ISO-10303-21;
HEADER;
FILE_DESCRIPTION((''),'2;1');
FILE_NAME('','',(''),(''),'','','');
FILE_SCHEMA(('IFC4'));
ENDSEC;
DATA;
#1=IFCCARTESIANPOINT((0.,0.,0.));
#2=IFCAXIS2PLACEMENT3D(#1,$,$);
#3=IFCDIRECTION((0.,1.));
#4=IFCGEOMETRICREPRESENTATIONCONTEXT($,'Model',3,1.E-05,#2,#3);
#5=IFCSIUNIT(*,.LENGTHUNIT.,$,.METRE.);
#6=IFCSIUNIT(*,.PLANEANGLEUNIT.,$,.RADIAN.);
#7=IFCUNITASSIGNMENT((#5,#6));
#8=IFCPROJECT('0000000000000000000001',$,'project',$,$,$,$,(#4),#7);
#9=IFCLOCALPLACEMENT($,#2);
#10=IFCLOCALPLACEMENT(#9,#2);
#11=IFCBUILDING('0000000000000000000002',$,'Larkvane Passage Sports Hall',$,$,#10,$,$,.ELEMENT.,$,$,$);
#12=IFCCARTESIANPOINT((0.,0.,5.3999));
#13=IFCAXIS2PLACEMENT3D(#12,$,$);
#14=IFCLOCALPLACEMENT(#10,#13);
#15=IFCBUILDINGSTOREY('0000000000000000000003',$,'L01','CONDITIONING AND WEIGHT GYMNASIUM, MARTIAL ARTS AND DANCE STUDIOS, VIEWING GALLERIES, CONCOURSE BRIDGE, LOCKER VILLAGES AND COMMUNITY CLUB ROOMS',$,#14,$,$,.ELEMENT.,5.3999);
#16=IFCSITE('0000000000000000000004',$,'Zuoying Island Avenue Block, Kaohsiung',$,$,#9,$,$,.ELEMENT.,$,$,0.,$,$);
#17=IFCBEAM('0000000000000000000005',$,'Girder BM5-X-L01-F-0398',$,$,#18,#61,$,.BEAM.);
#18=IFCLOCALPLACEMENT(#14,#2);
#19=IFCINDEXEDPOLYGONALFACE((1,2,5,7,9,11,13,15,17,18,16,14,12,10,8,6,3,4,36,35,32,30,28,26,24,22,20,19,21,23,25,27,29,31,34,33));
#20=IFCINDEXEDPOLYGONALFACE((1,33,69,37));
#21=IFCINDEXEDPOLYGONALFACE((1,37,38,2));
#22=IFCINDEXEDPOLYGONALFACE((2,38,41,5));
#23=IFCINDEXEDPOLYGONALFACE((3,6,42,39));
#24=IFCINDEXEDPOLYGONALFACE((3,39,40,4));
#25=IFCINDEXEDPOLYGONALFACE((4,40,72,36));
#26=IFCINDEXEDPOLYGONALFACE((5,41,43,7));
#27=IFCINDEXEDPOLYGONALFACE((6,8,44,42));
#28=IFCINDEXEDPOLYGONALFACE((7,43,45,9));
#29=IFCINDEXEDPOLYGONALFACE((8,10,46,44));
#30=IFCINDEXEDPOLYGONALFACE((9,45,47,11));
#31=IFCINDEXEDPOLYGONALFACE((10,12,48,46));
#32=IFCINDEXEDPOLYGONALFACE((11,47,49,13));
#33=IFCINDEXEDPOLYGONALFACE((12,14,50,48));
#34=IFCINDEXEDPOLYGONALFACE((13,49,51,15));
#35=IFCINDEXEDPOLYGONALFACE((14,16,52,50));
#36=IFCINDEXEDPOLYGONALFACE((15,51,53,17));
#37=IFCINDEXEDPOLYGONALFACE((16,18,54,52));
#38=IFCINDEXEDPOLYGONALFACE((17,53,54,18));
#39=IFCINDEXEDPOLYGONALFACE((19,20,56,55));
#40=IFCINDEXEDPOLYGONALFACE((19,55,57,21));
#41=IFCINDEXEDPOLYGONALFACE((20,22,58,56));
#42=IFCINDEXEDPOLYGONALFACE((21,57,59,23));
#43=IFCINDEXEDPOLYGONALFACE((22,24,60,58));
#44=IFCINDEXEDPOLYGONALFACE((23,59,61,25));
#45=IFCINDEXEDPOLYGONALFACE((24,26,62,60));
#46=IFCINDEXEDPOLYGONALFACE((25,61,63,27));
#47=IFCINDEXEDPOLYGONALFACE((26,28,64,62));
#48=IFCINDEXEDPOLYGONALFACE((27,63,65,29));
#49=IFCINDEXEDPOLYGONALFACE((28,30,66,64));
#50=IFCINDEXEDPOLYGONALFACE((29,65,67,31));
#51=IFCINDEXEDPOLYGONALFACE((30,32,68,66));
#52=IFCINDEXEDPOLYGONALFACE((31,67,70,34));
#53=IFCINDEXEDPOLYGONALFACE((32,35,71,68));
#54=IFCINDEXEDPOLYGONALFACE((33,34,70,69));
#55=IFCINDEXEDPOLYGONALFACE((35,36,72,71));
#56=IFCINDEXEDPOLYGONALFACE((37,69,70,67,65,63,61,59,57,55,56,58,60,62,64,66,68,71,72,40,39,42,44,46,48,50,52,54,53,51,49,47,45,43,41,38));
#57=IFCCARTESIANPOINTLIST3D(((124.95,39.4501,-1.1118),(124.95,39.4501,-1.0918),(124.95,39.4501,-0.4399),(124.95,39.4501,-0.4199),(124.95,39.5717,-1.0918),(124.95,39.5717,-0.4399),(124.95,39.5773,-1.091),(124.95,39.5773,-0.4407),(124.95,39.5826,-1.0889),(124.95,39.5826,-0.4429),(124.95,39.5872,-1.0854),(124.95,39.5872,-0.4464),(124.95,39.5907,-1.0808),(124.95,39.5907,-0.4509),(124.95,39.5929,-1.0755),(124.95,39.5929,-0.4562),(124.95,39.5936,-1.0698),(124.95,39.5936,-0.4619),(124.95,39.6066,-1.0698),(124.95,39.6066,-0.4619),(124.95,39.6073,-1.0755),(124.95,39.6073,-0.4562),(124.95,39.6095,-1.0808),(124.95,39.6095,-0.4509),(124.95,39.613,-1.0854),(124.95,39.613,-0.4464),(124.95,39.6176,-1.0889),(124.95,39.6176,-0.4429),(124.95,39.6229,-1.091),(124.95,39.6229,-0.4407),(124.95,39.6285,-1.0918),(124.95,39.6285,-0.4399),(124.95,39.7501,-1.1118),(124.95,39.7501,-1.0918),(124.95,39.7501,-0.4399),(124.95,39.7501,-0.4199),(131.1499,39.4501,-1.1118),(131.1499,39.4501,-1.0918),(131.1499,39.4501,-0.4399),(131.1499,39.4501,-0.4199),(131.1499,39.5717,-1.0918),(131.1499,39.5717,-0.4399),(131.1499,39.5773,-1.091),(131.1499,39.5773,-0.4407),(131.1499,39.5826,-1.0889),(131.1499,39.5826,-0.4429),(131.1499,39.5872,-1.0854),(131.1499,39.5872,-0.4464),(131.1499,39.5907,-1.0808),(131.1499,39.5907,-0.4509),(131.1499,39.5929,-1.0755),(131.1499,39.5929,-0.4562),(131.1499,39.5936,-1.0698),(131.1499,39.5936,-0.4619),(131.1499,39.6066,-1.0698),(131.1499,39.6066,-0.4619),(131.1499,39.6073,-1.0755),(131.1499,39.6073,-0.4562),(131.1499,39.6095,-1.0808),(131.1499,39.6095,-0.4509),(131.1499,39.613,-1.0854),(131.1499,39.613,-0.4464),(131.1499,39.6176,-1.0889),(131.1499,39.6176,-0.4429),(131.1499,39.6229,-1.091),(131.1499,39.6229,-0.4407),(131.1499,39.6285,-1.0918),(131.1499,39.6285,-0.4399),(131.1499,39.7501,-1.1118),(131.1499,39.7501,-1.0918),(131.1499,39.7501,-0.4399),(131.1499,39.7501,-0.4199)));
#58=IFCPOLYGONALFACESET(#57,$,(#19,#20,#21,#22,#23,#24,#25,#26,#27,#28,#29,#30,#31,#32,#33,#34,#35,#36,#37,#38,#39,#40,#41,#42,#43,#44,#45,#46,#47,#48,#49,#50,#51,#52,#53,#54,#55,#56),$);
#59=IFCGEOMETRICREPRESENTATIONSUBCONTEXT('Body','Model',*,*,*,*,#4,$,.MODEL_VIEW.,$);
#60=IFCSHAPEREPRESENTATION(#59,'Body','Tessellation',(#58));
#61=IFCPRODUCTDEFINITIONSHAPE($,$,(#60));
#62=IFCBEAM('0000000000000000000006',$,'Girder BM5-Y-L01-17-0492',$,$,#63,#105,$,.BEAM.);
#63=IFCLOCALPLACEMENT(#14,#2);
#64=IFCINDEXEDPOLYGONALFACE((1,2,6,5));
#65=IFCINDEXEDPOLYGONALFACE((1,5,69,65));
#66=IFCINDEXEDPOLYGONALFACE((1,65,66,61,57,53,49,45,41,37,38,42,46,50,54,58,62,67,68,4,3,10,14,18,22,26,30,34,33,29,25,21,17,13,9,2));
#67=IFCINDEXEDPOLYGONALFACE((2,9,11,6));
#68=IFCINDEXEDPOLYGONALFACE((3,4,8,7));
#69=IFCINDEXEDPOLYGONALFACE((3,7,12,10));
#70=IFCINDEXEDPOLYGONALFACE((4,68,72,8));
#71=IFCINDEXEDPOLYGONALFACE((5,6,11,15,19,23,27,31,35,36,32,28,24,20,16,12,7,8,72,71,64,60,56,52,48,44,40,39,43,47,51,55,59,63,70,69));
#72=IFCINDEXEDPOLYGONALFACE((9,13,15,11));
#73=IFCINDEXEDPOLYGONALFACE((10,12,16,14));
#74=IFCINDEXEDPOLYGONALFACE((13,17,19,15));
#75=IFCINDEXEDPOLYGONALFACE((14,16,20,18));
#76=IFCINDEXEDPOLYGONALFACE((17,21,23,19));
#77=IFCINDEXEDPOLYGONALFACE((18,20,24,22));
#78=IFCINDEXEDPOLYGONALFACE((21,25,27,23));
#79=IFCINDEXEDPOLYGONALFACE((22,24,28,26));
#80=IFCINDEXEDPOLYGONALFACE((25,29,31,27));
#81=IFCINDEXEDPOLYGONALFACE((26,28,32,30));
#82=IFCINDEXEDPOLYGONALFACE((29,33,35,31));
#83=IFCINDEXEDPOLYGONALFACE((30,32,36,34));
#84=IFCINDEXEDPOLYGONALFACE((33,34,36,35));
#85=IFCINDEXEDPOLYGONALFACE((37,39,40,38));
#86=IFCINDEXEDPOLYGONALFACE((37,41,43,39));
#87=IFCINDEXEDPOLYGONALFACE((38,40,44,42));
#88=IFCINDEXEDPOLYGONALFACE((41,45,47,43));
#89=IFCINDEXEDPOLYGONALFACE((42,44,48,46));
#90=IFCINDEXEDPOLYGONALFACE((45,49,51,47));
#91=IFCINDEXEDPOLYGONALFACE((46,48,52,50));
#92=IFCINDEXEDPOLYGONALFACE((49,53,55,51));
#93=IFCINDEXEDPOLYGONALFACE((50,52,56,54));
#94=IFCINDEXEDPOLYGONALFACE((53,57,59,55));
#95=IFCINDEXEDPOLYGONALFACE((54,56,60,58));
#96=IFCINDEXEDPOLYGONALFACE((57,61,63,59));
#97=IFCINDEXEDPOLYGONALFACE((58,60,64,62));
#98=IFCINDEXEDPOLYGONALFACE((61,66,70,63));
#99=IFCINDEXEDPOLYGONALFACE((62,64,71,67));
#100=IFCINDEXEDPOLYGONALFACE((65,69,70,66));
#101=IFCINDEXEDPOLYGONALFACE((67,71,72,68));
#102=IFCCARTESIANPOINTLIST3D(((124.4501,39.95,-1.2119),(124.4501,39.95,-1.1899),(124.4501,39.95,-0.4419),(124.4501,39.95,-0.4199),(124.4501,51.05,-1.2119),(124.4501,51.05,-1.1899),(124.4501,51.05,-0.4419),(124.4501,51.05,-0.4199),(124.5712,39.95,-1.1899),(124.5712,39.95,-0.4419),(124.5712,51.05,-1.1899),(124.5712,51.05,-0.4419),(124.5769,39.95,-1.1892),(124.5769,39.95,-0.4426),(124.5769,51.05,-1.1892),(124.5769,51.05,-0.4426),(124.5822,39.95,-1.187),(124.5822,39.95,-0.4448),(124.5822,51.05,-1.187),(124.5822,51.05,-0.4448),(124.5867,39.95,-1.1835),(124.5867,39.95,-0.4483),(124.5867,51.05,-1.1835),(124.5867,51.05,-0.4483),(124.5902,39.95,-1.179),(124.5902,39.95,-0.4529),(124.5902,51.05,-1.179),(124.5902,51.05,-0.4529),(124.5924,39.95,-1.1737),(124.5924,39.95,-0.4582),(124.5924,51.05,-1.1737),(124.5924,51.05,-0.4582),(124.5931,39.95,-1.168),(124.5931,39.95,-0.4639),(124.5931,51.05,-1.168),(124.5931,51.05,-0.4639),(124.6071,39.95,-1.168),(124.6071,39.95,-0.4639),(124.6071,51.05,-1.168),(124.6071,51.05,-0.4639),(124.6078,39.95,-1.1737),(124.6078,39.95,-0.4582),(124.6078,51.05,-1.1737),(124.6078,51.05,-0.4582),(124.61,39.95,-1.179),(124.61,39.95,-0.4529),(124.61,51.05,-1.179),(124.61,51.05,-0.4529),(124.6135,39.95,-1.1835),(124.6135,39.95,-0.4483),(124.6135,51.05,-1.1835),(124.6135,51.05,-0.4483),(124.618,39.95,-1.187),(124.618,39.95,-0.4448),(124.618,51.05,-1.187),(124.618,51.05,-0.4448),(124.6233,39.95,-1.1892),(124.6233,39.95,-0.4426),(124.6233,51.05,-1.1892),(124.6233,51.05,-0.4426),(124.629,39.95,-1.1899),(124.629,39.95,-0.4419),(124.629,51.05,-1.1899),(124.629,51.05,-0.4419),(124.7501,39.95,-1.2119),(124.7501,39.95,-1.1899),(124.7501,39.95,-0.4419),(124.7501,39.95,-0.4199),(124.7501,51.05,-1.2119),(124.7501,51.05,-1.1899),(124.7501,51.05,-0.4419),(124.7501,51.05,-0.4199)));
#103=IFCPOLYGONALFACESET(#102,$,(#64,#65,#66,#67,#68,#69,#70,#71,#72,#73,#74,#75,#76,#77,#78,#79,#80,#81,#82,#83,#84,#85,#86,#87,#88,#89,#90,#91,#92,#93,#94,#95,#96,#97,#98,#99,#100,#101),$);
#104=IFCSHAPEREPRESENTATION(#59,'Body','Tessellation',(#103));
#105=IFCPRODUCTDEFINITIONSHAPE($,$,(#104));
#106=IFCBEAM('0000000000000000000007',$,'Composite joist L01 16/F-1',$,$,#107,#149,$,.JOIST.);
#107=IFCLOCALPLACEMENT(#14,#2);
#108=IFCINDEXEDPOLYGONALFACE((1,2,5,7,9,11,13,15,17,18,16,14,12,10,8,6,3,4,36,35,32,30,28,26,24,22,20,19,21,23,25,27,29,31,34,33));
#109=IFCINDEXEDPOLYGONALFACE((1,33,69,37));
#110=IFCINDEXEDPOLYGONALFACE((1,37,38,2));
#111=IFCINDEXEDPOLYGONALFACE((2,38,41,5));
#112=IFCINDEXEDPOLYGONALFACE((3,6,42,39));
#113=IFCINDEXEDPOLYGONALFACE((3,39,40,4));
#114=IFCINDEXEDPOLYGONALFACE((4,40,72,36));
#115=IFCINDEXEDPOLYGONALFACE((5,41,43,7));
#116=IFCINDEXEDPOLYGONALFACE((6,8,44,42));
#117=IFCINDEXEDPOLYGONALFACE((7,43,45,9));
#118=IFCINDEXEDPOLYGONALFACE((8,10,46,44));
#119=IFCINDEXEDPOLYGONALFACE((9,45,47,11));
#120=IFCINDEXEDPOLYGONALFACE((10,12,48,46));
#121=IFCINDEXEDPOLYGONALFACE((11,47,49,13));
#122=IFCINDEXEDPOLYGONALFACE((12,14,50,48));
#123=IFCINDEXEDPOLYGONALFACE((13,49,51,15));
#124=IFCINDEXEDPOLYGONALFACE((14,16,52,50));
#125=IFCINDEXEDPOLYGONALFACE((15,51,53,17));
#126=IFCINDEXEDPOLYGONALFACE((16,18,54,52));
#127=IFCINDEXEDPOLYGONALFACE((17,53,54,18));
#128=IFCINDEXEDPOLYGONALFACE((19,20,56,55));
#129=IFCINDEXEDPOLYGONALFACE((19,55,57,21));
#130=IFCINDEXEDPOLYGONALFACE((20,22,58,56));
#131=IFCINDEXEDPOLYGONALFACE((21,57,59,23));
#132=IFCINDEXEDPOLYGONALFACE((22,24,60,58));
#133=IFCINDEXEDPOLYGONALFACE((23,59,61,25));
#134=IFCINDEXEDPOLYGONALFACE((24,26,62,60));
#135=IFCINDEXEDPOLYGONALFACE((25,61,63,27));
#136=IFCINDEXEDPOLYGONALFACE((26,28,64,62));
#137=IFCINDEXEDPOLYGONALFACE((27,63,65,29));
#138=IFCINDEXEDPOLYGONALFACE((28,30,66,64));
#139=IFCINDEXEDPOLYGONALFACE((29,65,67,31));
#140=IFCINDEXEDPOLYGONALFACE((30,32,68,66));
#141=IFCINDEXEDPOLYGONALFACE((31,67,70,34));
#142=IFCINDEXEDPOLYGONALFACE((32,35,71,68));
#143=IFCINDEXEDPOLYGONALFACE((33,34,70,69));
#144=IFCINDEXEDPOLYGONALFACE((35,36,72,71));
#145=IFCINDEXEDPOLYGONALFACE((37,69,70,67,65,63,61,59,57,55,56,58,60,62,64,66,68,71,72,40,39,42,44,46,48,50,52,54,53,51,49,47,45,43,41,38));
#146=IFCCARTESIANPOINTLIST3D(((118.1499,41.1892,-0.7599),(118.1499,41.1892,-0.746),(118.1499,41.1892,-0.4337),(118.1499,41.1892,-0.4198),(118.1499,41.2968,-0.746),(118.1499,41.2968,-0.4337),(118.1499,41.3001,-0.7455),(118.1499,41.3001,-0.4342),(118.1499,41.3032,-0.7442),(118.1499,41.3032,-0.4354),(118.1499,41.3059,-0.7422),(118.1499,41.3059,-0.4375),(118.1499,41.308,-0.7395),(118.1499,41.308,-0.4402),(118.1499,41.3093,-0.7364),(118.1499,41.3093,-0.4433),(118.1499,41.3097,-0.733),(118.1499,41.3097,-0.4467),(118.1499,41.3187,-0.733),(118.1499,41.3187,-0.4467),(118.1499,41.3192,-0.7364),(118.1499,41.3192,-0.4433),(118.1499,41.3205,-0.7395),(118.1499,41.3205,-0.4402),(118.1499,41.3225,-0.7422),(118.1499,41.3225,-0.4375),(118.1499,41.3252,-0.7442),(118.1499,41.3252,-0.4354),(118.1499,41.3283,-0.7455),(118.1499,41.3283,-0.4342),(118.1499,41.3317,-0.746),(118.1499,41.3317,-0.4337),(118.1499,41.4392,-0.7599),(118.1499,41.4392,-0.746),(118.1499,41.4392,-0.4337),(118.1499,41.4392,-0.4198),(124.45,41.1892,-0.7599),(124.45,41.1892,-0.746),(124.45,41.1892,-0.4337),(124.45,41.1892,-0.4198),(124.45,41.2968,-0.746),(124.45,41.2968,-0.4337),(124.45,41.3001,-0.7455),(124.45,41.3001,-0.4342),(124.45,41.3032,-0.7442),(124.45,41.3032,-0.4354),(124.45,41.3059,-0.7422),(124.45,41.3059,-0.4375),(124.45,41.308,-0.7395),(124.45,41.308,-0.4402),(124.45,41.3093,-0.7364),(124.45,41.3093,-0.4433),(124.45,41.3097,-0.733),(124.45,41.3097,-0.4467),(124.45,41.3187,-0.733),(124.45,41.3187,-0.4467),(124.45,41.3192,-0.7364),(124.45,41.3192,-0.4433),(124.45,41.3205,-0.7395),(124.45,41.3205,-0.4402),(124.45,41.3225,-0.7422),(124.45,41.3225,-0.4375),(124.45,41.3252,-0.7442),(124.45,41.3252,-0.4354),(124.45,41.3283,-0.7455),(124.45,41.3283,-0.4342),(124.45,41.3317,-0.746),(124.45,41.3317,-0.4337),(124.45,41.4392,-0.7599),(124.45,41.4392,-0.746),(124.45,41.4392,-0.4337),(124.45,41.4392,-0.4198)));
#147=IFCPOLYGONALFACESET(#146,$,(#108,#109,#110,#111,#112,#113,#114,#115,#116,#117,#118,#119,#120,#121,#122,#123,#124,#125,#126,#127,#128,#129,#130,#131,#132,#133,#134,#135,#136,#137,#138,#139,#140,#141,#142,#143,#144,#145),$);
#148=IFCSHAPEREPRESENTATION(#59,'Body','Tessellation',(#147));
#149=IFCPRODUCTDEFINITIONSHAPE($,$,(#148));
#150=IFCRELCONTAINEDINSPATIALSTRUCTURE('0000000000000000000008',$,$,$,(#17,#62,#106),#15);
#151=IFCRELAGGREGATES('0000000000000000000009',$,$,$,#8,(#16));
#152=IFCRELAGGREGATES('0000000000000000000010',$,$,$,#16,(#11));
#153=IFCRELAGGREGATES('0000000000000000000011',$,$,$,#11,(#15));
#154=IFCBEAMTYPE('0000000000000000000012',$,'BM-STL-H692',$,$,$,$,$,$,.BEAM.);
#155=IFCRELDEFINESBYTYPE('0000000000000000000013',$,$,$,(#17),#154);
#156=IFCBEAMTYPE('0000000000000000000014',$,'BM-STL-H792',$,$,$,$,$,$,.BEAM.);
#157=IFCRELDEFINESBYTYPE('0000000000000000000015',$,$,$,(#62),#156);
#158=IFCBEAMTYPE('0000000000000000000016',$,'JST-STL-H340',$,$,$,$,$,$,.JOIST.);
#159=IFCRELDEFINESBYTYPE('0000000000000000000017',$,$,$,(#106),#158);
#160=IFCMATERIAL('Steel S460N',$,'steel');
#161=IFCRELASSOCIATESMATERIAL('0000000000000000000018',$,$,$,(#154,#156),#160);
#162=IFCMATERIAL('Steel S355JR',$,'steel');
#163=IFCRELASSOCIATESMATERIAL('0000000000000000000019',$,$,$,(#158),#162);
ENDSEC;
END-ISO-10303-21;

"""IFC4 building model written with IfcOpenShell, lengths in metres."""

from ifc_helpers import new_model, si_unit, direction, frame, origin, origin_2d, place, context, subcontext, project, spatial, i_section, extrude, material, material_profile, profile_set, type_object, element, save


model = new_model("IFC4")

# Units and contexts
model_context = context("Model", 3, precision=1e-05, world=origin(), true_north=direction((0.0, 1.0)))
body_context = subcontext(model_context, "Body", "Model", "MODEL_VIEW")
ifc_project = project(units=[si_unit("LENGTHUNIT", "METRE"), si_unit("PLANEANGLEUNIT", "RADIAN")], contexts=[model_context])

# Site, building, storey
site_placement = place(None, origin())
site = spatial("IfcSite", under=ifc_project, at=site_placement, Name="Zuoying Island Avenue Block, Kaohsiung", CompositionType="ELEMENT", RefElevation=0.0)
building_placement = place(site_placement, origin())
building = spatial("IfcBuilding", under=site, at=building_placement, Name="Larkvane Passage Sports Hall", CompositionType="ELEMENT")
storey_placement = place(building_placement, frame((0.0, 0.0, 5.3999)))
storey = spatial("IfcBuildingStorey", under=building, at=storey_placement, Name="L01", Description="CONDITIONING AND WEIGHT GYMNASIUM, MARTIAL ARTS AND DANCE STUDIOS, VIEWING GALLERIES, CONCOURSE BRIDGE, LOCKER VILLAGES AND COMMUNITY CLUB ROOMS", CompositionType="ELEMENT", Elevation=5.3999)

# Shared definitions
ifc_material_1 = material(Name="Steel S460N", Category="steel")

# Beams
ifc_material_2 = material(Name="Steel S355JR", Category="steel")
ifc_material_profile_1 = material_profile(ifc_material_1, i_section(OverallWidth=0.3, OverallDepth=0.6919, WebThickness=0.0129, FlangeThickness=0.02, FilletRadius=0.022, at=origin_2d()), Name="H-692x300x13x20")
ifc_profile_set_1 = profile_set([ifc_material_profile_1], Name="Steel S460N")
beam_type_1 = type_object("IfcBeamType", Name="BM-STL-H692", PredefinedType="BEAM", material=ifc_profile_set_1)
beam_1_placement = place(storey_placement, frame((124.95, 39.6001, -0.7659), z_axis=(1.0, 0.0, 0.0), x_axis=(0.0, 1.0, 0.0)))
element("IfcBeam", 1, at=beam_1_placement, inside=storey, type_object=beam_type_1, Name="Girder BM5-X-L01-F-0398", PredefinedType="BEAM", context=body_context, shape_type="SweptSolid", body=[
    extrude(i_section(OverallWidth=0.3, OverallDepth=0.6919, WebThickness=0.0129, FlangeThickness=0.02, FilletRadius=0.022, at=origin_2d()), origin(), (0.0, 0.0, 1.0), 6.2),
])
ifc_material_profile_2 = material_profile(ifc_material_1, i_section(OverallWidth=0.3, OverallDepth=0.792, WebThickness=0.0139, FlangeThickness=0.022, FilletRadius=0.022, at=origin_2d()), Name="H-792x300x14x22")
ifc_profile_set_2 = profile_set([ifc_material_profile_2], Name="Steel S460N")
beam_type_2 = type_object("IfcBeamType", Name="BM-STL-H792", PredefinedType="BEAM", material=ifc_profile_set_2)
beam_2_placement = place(storey_placement, frame((124.6001, 39.95, -0.8159), z_axis=(0.0, 1.0, 0.0), x_axis=(-1.0, 0.0, 0.0)))
element("IfcBeam", 2, at=beam_2_placement, inside=storey, type_object=beam_type_2, Name="Girder BM5-Y-L01-17-0492", PredefinedType="BEAM", context=body_context, shape_type="SweptSolid", body=[
    extrude(i_section(OverallWidth=0.3, OverallDepth=0.792, WebThickness=0.0139, FlangeThickness=0.022, FilletRadius=0.022, at=origin_2d()), origin(), (0.0, 0.0, 1.0), 11.1001),
])
ifc_material_profile_3 = material_profile(ifc_material_2, i_section(OverallWidth=0.25, OverallDepth=0.3401, WebThickness=0.009, FlangeThickness=0.0139, FilletRadius=0.0129, at=origin_2d()), Name="H-340x250x9x14")
ifc_profile_set_3 = profile_set([ifc_material_profile_3], Name="Steel S355JR")
beam_type_3 = type_object("IfcBeamType", Name="JST-STL-H340", PredefinedType="JOIST", material=ifc_profile_set_3)
beam_3_placement = place(storey_placement, frame((118.1499, 41.3142, -0.5898), z_axis=(1.0, 0.0, 0.0), x_axis=(0.0, 1.0, 0.0)))
element("IfcBeam", 3, at=beam_3_placement, inside=storey, type_object=beam_type_3, Name="Composite joist L01 16/F-1", PredefinedType="JOIST", context=body_context, shape_type="SweptSolid", body=[
    extrude(i_section(OverallWidth=0.25, OverallDepth=0.3401, WebThickness=0.009, FlangeThickness=0.0139, FilletRadius=0.0129, at=origin_2d()), origin(), (0.0, 0.0, 1.0), 6.3),
])

save(model, "model.ifc")
